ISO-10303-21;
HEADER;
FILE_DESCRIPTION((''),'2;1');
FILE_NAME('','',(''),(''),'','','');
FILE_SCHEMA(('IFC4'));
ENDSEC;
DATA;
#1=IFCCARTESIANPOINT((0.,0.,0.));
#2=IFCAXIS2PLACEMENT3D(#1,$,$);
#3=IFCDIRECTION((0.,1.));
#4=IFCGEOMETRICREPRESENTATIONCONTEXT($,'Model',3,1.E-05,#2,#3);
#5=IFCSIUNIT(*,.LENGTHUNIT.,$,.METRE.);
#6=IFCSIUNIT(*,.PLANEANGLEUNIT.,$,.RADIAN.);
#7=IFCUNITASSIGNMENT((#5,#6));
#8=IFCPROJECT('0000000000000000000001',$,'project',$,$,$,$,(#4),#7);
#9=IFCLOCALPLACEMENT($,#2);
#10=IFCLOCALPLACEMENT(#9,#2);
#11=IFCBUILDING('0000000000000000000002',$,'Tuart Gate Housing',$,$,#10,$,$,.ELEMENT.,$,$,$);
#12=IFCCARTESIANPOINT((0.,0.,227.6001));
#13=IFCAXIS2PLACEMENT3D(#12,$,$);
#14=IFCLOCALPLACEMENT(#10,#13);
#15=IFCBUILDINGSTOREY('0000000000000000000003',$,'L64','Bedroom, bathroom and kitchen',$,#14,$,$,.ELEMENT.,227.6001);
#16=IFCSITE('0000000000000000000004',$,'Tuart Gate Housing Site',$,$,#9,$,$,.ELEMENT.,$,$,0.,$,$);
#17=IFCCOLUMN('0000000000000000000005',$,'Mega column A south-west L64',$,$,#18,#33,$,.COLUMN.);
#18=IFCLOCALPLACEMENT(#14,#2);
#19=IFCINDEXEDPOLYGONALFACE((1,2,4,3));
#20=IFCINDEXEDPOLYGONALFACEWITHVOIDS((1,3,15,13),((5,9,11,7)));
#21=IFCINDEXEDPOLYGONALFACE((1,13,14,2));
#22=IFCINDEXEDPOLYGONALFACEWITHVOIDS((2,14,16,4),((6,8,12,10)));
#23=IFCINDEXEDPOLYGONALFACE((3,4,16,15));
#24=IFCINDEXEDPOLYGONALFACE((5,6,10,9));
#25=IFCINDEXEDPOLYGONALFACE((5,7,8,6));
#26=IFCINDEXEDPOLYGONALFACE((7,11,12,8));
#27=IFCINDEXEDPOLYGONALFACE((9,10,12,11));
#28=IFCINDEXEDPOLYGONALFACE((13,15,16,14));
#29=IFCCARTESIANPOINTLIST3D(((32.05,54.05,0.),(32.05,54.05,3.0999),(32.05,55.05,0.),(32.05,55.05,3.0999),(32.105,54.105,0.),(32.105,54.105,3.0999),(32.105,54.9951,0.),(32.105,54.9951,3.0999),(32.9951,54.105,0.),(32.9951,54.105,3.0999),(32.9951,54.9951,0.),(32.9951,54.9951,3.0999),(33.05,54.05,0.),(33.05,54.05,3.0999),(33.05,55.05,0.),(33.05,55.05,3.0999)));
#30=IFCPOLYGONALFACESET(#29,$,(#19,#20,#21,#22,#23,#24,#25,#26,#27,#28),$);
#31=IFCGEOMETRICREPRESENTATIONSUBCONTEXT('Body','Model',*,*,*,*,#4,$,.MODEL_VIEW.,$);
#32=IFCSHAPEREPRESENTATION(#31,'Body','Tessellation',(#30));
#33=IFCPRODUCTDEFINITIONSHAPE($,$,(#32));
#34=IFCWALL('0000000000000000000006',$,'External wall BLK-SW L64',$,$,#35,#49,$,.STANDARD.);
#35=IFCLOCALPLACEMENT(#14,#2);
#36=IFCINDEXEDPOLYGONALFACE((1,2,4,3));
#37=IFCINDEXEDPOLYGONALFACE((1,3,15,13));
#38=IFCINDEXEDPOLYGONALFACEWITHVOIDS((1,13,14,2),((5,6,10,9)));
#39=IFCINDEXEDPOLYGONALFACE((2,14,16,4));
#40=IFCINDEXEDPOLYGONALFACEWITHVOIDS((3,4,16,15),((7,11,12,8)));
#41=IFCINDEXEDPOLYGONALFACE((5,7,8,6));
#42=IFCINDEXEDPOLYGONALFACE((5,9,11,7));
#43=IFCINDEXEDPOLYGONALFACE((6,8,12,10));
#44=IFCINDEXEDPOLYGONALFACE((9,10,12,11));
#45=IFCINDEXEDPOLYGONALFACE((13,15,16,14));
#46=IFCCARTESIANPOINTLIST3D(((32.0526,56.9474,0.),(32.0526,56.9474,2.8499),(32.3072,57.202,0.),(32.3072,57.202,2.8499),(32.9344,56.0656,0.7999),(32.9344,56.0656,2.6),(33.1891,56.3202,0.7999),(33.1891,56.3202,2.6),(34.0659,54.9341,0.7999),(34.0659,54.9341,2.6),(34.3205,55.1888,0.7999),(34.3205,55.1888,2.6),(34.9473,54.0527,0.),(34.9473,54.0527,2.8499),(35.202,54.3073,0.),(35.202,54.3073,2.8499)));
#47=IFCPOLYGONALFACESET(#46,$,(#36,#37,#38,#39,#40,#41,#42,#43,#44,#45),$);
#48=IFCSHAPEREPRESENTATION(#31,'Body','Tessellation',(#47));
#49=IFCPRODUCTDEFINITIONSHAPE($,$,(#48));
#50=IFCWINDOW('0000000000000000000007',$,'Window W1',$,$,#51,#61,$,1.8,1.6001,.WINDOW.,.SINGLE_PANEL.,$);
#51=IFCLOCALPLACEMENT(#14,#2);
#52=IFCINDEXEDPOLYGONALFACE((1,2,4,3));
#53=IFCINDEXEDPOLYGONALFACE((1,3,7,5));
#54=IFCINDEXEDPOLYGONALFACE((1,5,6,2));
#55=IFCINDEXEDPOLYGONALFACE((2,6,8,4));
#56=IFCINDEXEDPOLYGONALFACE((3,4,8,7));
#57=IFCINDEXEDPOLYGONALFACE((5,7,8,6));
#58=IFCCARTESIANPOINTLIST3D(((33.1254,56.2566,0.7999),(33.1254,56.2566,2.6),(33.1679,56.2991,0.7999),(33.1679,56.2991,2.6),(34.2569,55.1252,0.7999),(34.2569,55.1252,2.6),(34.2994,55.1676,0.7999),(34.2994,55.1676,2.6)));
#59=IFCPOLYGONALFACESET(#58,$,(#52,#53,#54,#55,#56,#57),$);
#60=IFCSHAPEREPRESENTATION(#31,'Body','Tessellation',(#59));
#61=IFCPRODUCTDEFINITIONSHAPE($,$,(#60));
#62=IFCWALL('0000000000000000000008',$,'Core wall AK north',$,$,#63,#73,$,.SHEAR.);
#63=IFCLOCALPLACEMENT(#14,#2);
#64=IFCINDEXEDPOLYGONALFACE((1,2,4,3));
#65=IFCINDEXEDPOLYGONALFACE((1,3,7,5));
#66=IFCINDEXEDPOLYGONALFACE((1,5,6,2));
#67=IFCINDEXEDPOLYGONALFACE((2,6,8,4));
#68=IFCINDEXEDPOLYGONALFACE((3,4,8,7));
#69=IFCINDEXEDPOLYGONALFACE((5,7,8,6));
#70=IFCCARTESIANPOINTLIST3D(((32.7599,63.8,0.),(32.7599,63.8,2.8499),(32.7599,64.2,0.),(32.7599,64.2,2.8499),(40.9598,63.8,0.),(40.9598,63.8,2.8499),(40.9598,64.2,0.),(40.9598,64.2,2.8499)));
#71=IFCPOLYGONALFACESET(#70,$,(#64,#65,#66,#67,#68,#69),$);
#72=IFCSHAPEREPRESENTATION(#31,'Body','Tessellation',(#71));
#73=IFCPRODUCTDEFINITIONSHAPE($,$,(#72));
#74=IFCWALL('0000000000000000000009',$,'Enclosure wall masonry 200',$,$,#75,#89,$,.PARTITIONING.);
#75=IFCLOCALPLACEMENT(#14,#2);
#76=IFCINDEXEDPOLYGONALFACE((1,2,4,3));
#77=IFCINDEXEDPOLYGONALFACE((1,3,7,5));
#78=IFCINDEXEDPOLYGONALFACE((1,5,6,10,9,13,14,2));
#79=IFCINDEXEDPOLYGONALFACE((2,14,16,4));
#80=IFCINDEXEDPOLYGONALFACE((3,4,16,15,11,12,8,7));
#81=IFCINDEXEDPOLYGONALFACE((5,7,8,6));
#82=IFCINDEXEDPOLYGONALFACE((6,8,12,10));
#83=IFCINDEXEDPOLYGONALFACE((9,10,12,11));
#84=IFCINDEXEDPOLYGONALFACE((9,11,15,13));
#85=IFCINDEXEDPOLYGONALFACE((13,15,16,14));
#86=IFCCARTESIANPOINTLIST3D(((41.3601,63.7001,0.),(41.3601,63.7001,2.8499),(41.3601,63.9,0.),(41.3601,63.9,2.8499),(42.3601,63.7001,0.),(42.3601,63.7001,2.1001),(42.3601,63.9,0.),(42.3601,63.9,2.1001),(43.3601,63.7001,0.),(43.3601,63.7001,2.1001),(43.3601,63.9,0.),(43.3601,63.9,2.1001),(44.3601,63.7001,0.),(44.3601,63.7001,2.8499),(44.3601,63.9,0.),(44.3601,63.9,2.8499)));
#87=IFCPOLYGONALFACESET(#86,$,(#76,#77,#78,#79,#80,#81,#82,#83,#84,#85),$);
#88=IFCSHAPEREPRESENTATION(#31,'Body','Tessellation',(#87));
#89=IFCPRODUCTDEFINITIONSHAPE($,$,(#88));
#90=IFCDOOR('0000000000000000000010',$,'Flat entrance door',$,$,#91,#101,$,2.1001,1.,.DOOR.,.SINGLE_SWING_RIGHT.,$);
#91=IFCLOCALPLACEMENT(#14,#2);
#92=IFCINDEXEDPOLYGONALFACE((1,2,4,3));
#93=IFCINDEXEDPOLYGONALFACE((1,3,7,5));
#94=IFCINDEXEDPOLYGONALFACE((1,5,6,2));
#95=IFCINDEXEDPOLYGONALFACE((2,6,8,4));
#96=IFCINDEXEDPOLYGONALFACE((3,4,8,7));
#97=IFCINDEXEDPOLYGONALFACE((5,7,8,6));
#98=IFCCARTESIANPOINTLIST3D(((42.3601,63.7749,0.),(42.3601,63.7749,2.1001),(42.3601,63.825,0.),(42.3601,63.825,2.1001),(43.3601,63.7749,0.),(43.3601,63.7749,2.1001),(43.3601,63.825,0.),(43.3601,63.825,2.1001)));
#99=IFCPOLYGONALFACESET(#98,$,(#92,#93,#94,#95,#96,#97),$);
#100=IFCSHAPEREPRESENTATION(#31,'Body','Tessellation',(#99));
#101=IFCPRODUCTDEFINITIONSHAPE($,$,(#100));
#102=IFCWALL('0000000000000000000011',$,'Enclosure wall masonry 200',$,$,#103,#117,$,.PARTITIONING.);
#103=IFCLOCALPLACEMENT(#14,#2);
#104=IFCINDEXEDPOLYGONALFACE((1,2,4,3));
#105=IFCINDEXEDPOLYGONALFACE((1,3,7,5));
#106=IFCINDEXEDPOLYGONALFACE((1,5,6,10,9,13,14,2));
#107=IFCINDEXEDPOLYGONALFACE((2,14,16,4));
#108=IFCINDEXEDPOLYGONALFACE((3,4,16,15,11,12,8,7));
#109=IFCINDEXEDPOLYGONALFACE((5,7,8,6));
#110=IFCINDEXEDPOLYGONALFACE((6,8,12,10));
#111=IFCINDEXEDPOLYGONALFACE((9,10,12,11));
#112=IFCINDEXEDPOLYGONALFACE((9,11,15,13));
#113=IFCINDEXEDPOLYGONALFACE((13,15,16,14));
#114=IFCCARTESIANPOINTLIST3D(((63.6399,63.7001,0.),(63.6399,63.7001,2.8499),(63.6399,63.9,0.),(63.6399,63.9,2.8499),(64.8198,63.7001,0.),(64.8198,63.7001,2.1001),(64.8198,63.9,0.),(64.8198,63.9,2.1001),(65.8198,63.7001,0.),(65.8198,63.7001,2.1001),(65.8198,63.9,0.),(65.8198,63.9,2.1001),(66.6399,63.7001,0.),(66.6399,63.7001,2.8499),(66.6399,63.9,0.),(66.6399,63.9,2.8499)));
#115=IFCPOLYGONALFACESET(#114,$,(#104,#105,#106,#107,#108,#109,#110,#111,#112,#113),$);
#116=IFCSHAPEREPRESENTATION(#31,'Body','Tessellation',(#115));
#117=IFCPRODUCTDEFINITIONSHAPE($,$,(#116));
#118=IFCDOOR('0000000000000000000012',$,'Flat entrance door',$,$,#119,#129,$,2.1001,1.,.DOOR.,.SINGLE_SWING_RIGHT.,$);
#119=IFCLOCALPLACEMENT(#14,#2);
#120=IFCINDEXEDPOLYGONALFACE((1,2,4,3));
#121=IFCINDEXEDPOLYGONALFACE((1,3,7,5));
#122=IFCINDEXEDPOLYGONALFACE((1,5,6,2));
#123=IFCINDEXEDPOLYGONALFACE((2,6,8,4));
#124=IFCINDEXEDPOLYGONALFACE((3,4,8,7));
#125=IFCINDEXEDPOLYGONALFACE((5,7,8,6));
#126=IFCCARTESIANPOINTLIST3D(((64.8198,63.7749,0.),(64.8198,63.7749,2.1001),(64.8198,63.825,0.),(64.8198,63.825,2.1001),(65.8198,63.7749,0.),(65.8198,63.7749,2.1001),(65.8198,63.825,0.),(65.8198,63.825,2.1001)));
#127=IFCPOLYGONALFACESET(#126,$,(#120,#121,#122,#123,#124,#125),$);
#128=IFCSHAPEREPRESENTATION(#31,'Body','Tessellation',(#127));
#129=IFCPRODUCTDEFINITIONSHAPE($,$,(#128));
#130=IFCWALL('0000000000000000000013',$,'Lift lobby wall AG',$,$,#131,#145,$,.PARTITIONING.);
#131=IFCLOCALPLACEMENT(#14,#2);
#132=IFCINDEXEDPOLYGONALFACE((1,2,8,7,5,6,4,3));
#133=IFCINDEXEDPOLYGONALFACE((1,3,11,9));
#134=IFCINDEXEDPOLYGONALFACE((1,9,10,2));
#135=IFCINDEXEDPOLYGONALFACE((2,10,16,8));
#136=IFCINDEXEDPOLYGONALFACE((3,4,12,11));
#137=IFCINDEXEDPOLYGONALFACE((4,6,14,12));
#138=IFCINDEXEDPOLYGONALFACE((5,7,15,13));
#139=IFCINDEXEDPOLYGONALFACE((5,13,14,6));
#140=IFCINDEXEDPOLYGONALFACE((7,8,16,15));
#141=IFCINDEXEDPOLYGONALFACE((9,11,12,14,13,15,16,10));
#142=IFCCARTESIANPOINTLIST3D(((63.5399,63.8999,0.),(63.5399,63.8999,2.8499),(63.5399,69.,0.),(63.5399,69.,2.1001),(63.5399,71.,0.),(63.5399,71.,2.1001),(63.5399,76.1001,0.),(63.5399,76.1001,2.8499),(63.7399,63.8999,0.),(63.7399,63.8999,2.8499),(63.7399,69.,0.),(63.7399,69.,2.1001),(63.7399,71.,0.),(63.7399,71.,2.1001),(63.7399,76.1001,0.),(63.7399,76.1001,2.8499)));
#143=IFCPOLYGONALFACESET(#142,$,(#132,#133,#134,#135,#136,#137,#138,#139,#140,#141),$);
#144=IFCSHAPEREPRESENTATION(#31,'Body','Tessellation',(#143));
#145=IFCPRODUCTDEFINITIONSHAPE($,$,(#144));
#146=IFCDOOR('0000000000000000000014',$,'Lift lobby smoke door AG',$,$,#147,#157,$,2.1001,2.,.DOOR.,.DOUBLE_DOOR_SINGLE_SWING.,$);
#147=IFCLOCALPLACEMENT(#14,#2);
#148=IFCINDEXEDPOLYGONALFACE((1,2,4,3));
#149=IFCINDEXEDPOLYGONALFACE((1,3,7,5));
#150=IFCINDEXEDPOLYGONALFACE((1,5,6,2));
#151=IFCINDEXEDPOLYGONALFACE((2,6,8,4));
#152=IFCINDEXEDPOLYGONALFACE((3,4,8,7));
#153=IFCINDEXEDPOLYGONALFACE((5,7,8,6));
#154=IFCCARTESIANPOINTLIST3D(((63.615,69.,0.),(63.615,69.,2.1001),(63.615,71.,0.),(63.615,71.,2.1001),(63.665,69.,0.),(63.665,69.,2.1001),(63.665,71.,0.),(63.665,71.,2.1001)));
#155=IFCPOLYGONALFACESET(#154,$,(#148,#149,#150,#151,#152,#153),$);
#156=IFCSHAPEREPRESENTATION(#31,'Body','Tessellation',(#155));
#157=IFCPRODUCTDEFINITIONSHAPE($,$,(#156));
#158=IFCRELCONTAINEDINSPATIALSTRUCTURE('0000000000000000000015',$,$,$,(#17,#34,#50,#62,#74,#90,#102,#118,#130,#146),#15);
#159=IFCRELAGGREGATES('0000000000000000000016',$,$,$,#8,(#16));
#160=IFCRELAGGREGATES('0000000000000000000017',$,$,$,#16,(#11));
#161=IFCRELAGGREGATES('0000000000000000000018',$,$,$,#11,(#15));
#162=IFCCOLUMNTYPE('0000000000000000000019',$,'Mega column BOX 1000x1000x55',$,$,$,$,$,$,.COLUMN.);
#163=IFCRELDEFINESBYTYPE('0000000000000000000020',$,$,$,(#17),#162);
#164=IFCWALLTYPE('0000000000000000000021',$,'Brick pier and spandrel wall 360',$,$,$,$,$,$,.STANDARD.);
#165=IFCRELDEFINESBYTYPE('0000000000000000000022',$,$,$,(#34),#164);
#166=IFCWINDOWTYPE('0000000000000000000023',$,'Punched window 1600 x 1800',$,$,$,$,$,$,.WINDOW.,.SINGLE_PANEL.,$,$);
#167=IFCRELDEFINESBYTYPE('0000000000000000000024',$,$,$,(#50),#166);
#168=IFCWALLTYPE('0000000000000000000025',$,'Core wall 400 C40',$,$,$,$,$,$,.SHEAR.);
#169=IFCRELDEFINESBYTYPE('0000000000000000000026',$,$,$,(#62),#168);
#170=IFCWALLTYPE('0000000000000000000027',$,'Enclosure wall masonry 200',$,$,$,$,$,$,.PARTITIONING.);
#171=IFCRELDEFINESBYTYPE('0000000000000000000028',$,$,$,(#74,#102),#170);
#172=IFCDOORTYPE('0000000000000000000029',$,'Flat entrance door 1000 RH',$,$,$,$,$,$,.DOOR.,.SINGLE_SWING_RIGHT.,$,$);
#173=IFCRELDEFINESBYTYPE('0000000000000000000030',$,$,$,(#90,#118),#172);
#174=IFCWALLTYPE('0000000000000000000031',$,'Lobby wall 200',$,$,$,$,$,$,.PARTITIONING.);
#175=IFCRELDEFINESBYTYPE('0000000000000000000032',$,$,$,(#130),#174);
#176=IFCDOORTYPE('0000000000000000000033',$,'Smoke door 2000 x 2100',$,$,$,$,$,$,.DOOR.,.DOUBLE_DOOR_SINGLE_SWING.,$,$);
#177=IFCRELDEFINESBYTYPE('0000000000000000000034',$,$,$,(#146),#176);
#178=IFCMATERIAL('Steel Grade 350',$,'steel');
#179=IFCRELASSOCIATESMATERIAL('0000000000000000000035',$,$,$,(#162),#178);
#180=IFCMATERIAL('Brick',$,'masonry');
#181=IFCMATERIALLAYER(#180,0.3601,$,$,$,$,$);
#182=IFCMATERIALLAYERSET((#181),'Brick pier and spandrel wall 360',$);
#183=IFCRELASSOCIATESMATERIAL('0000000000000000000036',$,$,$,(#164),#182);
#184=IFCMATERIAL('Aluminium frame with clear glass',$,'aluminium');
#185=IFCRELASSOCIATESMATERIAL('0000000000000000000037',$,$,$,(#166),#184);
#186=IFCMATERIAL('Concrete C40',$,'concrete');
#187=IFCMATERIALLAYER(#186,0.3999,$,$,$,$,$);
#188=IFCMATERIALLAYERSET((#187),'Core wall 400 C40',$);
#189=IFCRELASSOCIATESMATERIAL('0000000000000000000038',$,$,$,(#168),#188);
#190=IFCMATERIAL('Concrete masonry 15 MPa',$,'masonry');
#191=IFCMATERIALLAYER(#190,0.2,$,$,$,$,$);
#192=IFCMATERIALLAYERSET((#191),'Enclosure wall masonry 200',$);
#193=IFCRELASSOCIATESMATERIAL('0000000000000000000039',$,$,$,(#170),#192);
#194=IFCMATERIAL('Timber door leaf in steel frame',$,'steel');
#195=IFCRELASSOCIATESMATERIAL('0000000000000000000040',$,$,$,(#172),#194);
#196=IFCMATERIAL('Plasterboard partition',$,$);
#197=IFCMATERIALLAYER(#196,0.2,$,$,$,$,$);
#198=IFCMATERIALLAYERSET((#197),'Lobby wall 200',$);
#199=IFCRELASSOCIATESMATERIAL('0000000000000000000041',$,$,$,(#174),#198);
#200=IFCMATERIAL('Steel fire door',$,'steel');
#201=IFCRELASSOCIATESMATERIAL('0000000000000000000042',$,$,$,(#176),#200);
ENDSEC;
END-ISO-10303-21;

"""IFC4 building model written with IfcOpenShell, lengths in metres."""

from ifc_helpers import new_model, si_unit, direction, frame, frame_2d, origin, origin_2d, place, context, subcontext, project, spatial, rectangle, hollow_rectangle, extrude, material, layer, layer_set, material_profile, profile_set, type_object, element, fill, save


model = new_model("IFC4")

# Units and contexts
model_context = context("Model", 3, precision=1e-05, world=origin(), true_north=direction((0.0, 1.0)))
body_context = subcontext(model_context, "Body", "Model", "MODEL_VIEW")
ifc_project = project(units=[si_unit("LENGTHUNIT", "METRE"), si_unit("PLANEANGLEUNIT", "RADIAN")], contexts=[model_context])

# Site, building, storey
site_placement = place(None, origin())
site = spatial("IfcSite", under=ifc_project, at=site_placement, Name="Tuart Gate Housing Site", CompositionType="ELEMENT", RefElevation=0.0)
building_placement = place(site_placement, origin())
building = spatial("IfcBuilding", under=site, at=building_placement, Name="Tuart Gate Housing", CompositionType="ELEMENT")
storey_placement = place(building_placement, frame((0.0, 0.0, 227.6001)))
storey = spatial("IfcBuildingStorey", under=building, at=storey_placement, Name="L64", Description="Bedroom, bathroom and kitchen", CompositionType="ELEMENT", Elevation=227.6001)

# Column
ifc_material_1 = material(Name="Steel Grade 350", Category="steel")
ifc_material_profile = material_profile(ifc_material_1, hollow_rectangle(XDim=1.0, YDim=1.0, WallThickness=0.0549, at=origin_2d()), Name="BOX 1000x1000x55")
ifc_profile_set = profile_set([ifc_material_profile], Name="Steel Grade 350")
column_type = type_object("IfcColumnType", Name="Mega column BOX 1000x1000x55", PredefinedType="COLUMN", material=ifc_profile_set)
column_placement = place(storey_placement, frame((32.55, 54.55, 0.0), z_axis=(0.0, 0.0, 1.0), x_axis=(1.0, 0.0, 0.0)))
element("IfcColumn", 1, at=column_placement, inside=storey, type_object=column_type, Name="Mega column A south-west L64", PredefinedType="COLUMN", context=body_context, shape_type="SweptSolid", body=[
    extrude(hollow_rectangle(XDim=1.0, YDim=1.0, WallThickness=0.0549, at=origin_2d()), origin(), (0.0, 0.0, 1.0), 3.0999),
])

# Wall, opening, window
ifc_material_2 = material(Name="Brick", Category="masonry")
ifc_layer_1 = layer(ifc_material_2, 0.3601)
ifc_layer_set_1 = layer_set([ifc_layer_1], Name="Brick pier and spandrel wall 360")
wall_type_1 = type_object("IfcWallType", Name="Brick pier and spandrel wall 360", PredefinedType="STANDARD", material=ifc_layer_set_1)
wall_1_placement = place(storey_placement, frame((32.1799, 57.0747, 0.0), z_axis=(0.0, 0.0, 1.0), x_axis=(0.707107, -0.707107, 0.0)))
wall_1 = element("IfcWall", 2, at=wall_1_placement, inside=storey, type_object=wall_type_1, Name="External wall BLK-SW L64", PredefinedType="STANDARD", context=body_context, shape_type="SweptSolid", body=[
    extrude(rectangle(XDim=4.0938, YDim=0.3601, at=frame_2d((2.0469, 0.0))), origin(), (0.0, 0.0, 1.0), 2.8499),
])
opening_1_placement = place(wall_1_placement, frame((1.2471, 0.0, 0.8)))
opening_1 = element("IfcOpeningElement", 3, at=opening_1_placement, cuts=wall_1, PredefinedType="OPENING", context=body_context, shape_type="SweptSolid", body=[
    extrude(rectangle(XDim=1.6001, YDim=1.8, at=frame_2d((0.8, 0.8999))), frame((0.0, 0.1899, 0.0), z_axis=(0.0, -1.0, 0.0), x_axis=(1.0, 0.0, 0.0)), (0.0, 0.0, 1.0), 0.3801),
])
ifc_material_3 = material(Name="Aluminium frame with clear glass", Category="aluminium")
window_type = type_object("IfcWindowType", Name="Punched window 1600 x 1800", PartitioningType="SINGLE_PANEL", PredefinedType="WINDOW", material=ifc_material_3)
window_placement = place(opening_1_placement, origin())
window = element("IfcWindow", 4, at=window_placement, inside=storey, type_object=window_type, Name="Window W1", OverallHeight=1.8, OverallWidth=1.6001, PartitioningType="SINGLE_PANEL", PredefinedType="WINDOW", context=body_context, shape_type="SweptSolid", body=[
    extrude(rectangle(XDim=1.6001, YDim=1.8, at=frame_2d((0.8, 0.8999))), frame((0.0, 0.1501, 0.0), z_axis=(0.0, -1.0, 0.0), x_axis=(1.0, 0.0, 0.0)), (0.0, 0.0, 1.0), 0.0601),
])
fill(opening_1, window)

# Wall
ifc_material_4 = material(Name="Concrete C40", Category="concrete")
ifc_layer_2 = layer(ifc_material_4, 0.3999)
ifc_layer_set_2 = layer_set([ifc_layer_2], Name="Core wall 400 C40")
wall_type_2 = type_object("IfcWallType", Name="Core wall 400 C40", PredefinedType="SHEAR", material=ifc_layer_set_2)
wall_2_placement = place(storey_placement, frame((40.96, 64.0, 0.0), z_axis=(0.0, 0.0, 1.0), x_axis=(-1.0, 0.0, 0.0)))
element("IfcWall", 5, at=wall_2_placement, inside=storey, type_object=wall_type_2, Name="Core wall AK north", PredefinedType="SHEAR", context=body_context, shape_type="SweptSolid", body=[
    extrude(rectangle(XDim=8.2, YDim=0.3999, at=frame_2d((4.1001, 0.0))), origin(), (0.0, 0.0, 1.0), 2.8499),
])

# Walls, openings, doors
ifc_material_5 = material(Name="Concrete masonry 15 MPa", Category="masonry")
ifc_layer_3 = layer(ifc_material_5, 0.2)
ifc_layer_set_3 = layer_set([ifc_layer_3], Name="Enclosure wall masonry 200")
wall_type_3 = type_object("IfcWallType", Name="Enclosure wall masonry 200", PredefinedType="PARTITIONING", material=ifc_layer_set_3)
wall_3_placement = place(storey_placement, frame((41.3601, 63.8, 0.0), z_axis=(0.0, 0.0, 1.0), x_axis=(1.0, 0.0, 0.0)))
wall_3 = element("IfcWall", 6, at=wall_3_placement, inside=storey, type_object=wall_type_3, Name="Enclosure wall masonry 200", PredefinedType="PARTITIONING", context=body_context, shape_type="SweptSolid", body=[
    extrude(rectangle(XDim=3.0, YDim=0.2, at=frame_2d((1.5, 0.0))), origin(), (0.0, 0.0, 1.0), 2.8499),
])
opening_2_placement = place(wall_3_placement, frame((1.0, 0.0, 0.0)))
opening_2 = element("IfcOpeningElement", 7, at=opening_2_placement, cuts=wall_3, PredefinedType="OPENING", context=body_context, shape_type="SweptSolid", body=[
    extrude(rectangle(XDim=1.0, YDim=2.1001, at=frame_2d((0.5, 1.05))), frame((0.0, 0.1099, 0.0), z_axis=(0.0, -1.0, 0.0), x_axis=(1.0, 0.0, 0.0)), (0.0, 0.0, 1.0), 0.22),
])
ifc_material_6 = material(Name="Timber door leaf in steel frame", Category="steel")
door_type_1 = type_object("IfcDoorType", Name="Flat entrance door 1000 RH", OperationType="SINGLE_SWING_RIGHT", PredefinedType="DOOR", material=ifc_material_6)
door_1_placement = place(opening_2_placement, frame((1.0, 0.0, 0.0), z_axis=(0.0, 0.0, 1.0), x_axis=(-1.0, 0.0, 0.0)))
door_1 = element("IfcDoor", 8, at=door_1_placement, inside=storey, type_object=door_type_1, Name="Flat entrance door", OperationType="SINGLE_SWING_RIGHT", OverallHeight=2.1001, OverallWidth=1.0, PredefinedType="DOOR", context=body_context, shape_type="SweptSolid", body=[
    extrude(rectangle(XDim=1.0, YDim=2.1001, at=frame_2d((0.5, 1.05))), frame((0.0, 0.0251, 0.0), z_axis=(0.0, -1.0, 0.0), x_axis=(1.0, 0.0, 0.0)), (0.0, 0.0, 1.0), 0.05),
])
fill(opening_2, door_1)
wall_4_placement = place(storey_placement, frame((63.6399, 63.8, 0.0), z_axis=(0.0, 0.0, 1.0), x_axis=(1.0, 0.0, 0.0)))
wall_4 = element("IfcWall", 9, at=wall_4_placement, inside=storey, type_object=wall_type_3, Name="Enclosure wall masonry 200", PredefinedType="PARTITIONING", context=body_context, shape_type="SweptSolid", body=[
    extrude(rectangle(XDim=3.0, YDim=0.2, at=frame_2d((1.5, 0.0))), origin(), (0.0, 0.0, 1.0), 2.8499),
])
opening_3_placement = place(wall_4_placement, frame((1.1799, 0.0, 0.0)))
opening_3 = element("IfcOpeningElement", 10, at=opening_3_placement, cuts=wall_4, PredefinedType="OPENING", context=body_context, shape_type="SweptSolid", body=[
    extrude(rectangle(XDim=1.0, YDim=2.1001, at=frame_2d((0.5, 1.05))), frame((0.0, 0.1099, 0.0), z_axis=(0.0, -1.0, 0.0), x_axis=(1.0, 0.0, 0.0)), (0.0, 0.0, 1.0), 0.22),
])
door_2_placement = place(opening_3_placement, frame((1.0, 0.0, 0.0), z_axis=(0.0, 0.0, 1.0), x_axis=(-1.0, 0.0, 0.0)))
door_2 = element("IfcDoor", 11, at=door_2_placement, inside=storey, type_object=door_type_1, Name="Flat entrance door", OperationType="SINGLE_SWING_RIGHT", OverallHeight=2.1001, OverallWidth=1.0, PredefinedType="DOOR", context=body_context, shape_type="SweptSolid", body=[
    extrude(rectangle(XDim=1.0, YDim=2.1001, at=frame_2d((0.5, 1.05))), frame((0.0, 0.0251, 0.0), z_axis=(0.0, -1.0, 0.0), x_axis=(1.0, 0.0, 0.0)), (0.0, 0.0, 1.0), 0.05),
])
fill(opening_3, door_2)
ifc_material_7 = material(Name="Plasterboard partition")
ifc_layer_4 = layer(ifc_material_7, 0.2)
ifc_layer_set_4 = layer_set([ifc_layer_4], Name="Lobby wall 200")
wall_type_4 = type_object("IfcWallType", Name="Lobby wall 200", PredefinedType="PARTITIONING", material=ifc_layer_set_4)
wall_5_placement = place(storey_placement, frame((63.6399, 63.8999, 0.0), z_axis=(0.0, 0.0, 1.0), x_axis=(0.0, 1.0, 0.0)))
wall_5 = element("IfcWall", 12, at=wall_5_placement, inside=storey, type_object=wall_type_4, Name="Lift lobby wall AG", PredefinedType="PARTITIONING", context=body_context, shape_type="SweptSolid", body=[
    extrude(rectangle(XDim=12.2002, YDim=0.2, at=frame_2d((6.1001, 0.0))), origin(), (0.0, 0.0, 1.0), 2.8499),
])
opening_4_placement = place(wall_5_placement, frame((5.1001, 0.0, 0.0)))
opening_4 = element("IfcOpeningElement", 13, at=opening_4_placement, cuts=wall_5, PredefinedType="OPENING", context=body_context, shape_type="SweptSolid", body=[
    extrude(rectangle(XDim=2.0, YDim=2.1001, at=frame_2d((1.0, 1.05))), frame((0.0, 0.1099, 0.0), z_axis=(0.0, -1.0, 0.0), x_axis=(1.0, 0.0, 0.0)), (0.0, 0.0, 1.0), 0.22),
])
ifc_material_8 = material(Name="Steel fire door", Category="steel")
door_type_2 = type_object("IfcDoorType", Name="Smoke door 2000 x 2100", OperationType="DOUBLE_DOOR_SINGLE_SWING", PredefinedType="DOOR", material=ifc_material_8)
door_3_placement = place(opening_4_placement, frame((2.0, 0.0, 0.0), z_axis=(0.0, 0.0, 1.0), x_axis=(-1.0, 0.0, 0.0)))
door_3 = element("IfcDoor", 14, at=door_3_placement, inside=storey, type_object=door_type_2, Name="Lift lobby smoke door AG", OperationType="DOUBLE_DOOR_SINGLE_SWING", OverallHeight=2.1001, OverallWidth=2.0, PredefinedType="DOOR", context=body_context, shape_type="SweptSolid", body=[
    extrude(rectangle(XDim=2.0, YDim=2.1001, at=frame_2d((1.0, 1.05))), frame((0.0, 0.0251, 0.0), z_axis=(0.0, -1.0, 0.0), x_axis=(1.0, 0.0, 0.0)), (0.0, 0.0, 1.0), 0.05),
])
fill(opening_4, door_3)

save(model, "model.ifc")
